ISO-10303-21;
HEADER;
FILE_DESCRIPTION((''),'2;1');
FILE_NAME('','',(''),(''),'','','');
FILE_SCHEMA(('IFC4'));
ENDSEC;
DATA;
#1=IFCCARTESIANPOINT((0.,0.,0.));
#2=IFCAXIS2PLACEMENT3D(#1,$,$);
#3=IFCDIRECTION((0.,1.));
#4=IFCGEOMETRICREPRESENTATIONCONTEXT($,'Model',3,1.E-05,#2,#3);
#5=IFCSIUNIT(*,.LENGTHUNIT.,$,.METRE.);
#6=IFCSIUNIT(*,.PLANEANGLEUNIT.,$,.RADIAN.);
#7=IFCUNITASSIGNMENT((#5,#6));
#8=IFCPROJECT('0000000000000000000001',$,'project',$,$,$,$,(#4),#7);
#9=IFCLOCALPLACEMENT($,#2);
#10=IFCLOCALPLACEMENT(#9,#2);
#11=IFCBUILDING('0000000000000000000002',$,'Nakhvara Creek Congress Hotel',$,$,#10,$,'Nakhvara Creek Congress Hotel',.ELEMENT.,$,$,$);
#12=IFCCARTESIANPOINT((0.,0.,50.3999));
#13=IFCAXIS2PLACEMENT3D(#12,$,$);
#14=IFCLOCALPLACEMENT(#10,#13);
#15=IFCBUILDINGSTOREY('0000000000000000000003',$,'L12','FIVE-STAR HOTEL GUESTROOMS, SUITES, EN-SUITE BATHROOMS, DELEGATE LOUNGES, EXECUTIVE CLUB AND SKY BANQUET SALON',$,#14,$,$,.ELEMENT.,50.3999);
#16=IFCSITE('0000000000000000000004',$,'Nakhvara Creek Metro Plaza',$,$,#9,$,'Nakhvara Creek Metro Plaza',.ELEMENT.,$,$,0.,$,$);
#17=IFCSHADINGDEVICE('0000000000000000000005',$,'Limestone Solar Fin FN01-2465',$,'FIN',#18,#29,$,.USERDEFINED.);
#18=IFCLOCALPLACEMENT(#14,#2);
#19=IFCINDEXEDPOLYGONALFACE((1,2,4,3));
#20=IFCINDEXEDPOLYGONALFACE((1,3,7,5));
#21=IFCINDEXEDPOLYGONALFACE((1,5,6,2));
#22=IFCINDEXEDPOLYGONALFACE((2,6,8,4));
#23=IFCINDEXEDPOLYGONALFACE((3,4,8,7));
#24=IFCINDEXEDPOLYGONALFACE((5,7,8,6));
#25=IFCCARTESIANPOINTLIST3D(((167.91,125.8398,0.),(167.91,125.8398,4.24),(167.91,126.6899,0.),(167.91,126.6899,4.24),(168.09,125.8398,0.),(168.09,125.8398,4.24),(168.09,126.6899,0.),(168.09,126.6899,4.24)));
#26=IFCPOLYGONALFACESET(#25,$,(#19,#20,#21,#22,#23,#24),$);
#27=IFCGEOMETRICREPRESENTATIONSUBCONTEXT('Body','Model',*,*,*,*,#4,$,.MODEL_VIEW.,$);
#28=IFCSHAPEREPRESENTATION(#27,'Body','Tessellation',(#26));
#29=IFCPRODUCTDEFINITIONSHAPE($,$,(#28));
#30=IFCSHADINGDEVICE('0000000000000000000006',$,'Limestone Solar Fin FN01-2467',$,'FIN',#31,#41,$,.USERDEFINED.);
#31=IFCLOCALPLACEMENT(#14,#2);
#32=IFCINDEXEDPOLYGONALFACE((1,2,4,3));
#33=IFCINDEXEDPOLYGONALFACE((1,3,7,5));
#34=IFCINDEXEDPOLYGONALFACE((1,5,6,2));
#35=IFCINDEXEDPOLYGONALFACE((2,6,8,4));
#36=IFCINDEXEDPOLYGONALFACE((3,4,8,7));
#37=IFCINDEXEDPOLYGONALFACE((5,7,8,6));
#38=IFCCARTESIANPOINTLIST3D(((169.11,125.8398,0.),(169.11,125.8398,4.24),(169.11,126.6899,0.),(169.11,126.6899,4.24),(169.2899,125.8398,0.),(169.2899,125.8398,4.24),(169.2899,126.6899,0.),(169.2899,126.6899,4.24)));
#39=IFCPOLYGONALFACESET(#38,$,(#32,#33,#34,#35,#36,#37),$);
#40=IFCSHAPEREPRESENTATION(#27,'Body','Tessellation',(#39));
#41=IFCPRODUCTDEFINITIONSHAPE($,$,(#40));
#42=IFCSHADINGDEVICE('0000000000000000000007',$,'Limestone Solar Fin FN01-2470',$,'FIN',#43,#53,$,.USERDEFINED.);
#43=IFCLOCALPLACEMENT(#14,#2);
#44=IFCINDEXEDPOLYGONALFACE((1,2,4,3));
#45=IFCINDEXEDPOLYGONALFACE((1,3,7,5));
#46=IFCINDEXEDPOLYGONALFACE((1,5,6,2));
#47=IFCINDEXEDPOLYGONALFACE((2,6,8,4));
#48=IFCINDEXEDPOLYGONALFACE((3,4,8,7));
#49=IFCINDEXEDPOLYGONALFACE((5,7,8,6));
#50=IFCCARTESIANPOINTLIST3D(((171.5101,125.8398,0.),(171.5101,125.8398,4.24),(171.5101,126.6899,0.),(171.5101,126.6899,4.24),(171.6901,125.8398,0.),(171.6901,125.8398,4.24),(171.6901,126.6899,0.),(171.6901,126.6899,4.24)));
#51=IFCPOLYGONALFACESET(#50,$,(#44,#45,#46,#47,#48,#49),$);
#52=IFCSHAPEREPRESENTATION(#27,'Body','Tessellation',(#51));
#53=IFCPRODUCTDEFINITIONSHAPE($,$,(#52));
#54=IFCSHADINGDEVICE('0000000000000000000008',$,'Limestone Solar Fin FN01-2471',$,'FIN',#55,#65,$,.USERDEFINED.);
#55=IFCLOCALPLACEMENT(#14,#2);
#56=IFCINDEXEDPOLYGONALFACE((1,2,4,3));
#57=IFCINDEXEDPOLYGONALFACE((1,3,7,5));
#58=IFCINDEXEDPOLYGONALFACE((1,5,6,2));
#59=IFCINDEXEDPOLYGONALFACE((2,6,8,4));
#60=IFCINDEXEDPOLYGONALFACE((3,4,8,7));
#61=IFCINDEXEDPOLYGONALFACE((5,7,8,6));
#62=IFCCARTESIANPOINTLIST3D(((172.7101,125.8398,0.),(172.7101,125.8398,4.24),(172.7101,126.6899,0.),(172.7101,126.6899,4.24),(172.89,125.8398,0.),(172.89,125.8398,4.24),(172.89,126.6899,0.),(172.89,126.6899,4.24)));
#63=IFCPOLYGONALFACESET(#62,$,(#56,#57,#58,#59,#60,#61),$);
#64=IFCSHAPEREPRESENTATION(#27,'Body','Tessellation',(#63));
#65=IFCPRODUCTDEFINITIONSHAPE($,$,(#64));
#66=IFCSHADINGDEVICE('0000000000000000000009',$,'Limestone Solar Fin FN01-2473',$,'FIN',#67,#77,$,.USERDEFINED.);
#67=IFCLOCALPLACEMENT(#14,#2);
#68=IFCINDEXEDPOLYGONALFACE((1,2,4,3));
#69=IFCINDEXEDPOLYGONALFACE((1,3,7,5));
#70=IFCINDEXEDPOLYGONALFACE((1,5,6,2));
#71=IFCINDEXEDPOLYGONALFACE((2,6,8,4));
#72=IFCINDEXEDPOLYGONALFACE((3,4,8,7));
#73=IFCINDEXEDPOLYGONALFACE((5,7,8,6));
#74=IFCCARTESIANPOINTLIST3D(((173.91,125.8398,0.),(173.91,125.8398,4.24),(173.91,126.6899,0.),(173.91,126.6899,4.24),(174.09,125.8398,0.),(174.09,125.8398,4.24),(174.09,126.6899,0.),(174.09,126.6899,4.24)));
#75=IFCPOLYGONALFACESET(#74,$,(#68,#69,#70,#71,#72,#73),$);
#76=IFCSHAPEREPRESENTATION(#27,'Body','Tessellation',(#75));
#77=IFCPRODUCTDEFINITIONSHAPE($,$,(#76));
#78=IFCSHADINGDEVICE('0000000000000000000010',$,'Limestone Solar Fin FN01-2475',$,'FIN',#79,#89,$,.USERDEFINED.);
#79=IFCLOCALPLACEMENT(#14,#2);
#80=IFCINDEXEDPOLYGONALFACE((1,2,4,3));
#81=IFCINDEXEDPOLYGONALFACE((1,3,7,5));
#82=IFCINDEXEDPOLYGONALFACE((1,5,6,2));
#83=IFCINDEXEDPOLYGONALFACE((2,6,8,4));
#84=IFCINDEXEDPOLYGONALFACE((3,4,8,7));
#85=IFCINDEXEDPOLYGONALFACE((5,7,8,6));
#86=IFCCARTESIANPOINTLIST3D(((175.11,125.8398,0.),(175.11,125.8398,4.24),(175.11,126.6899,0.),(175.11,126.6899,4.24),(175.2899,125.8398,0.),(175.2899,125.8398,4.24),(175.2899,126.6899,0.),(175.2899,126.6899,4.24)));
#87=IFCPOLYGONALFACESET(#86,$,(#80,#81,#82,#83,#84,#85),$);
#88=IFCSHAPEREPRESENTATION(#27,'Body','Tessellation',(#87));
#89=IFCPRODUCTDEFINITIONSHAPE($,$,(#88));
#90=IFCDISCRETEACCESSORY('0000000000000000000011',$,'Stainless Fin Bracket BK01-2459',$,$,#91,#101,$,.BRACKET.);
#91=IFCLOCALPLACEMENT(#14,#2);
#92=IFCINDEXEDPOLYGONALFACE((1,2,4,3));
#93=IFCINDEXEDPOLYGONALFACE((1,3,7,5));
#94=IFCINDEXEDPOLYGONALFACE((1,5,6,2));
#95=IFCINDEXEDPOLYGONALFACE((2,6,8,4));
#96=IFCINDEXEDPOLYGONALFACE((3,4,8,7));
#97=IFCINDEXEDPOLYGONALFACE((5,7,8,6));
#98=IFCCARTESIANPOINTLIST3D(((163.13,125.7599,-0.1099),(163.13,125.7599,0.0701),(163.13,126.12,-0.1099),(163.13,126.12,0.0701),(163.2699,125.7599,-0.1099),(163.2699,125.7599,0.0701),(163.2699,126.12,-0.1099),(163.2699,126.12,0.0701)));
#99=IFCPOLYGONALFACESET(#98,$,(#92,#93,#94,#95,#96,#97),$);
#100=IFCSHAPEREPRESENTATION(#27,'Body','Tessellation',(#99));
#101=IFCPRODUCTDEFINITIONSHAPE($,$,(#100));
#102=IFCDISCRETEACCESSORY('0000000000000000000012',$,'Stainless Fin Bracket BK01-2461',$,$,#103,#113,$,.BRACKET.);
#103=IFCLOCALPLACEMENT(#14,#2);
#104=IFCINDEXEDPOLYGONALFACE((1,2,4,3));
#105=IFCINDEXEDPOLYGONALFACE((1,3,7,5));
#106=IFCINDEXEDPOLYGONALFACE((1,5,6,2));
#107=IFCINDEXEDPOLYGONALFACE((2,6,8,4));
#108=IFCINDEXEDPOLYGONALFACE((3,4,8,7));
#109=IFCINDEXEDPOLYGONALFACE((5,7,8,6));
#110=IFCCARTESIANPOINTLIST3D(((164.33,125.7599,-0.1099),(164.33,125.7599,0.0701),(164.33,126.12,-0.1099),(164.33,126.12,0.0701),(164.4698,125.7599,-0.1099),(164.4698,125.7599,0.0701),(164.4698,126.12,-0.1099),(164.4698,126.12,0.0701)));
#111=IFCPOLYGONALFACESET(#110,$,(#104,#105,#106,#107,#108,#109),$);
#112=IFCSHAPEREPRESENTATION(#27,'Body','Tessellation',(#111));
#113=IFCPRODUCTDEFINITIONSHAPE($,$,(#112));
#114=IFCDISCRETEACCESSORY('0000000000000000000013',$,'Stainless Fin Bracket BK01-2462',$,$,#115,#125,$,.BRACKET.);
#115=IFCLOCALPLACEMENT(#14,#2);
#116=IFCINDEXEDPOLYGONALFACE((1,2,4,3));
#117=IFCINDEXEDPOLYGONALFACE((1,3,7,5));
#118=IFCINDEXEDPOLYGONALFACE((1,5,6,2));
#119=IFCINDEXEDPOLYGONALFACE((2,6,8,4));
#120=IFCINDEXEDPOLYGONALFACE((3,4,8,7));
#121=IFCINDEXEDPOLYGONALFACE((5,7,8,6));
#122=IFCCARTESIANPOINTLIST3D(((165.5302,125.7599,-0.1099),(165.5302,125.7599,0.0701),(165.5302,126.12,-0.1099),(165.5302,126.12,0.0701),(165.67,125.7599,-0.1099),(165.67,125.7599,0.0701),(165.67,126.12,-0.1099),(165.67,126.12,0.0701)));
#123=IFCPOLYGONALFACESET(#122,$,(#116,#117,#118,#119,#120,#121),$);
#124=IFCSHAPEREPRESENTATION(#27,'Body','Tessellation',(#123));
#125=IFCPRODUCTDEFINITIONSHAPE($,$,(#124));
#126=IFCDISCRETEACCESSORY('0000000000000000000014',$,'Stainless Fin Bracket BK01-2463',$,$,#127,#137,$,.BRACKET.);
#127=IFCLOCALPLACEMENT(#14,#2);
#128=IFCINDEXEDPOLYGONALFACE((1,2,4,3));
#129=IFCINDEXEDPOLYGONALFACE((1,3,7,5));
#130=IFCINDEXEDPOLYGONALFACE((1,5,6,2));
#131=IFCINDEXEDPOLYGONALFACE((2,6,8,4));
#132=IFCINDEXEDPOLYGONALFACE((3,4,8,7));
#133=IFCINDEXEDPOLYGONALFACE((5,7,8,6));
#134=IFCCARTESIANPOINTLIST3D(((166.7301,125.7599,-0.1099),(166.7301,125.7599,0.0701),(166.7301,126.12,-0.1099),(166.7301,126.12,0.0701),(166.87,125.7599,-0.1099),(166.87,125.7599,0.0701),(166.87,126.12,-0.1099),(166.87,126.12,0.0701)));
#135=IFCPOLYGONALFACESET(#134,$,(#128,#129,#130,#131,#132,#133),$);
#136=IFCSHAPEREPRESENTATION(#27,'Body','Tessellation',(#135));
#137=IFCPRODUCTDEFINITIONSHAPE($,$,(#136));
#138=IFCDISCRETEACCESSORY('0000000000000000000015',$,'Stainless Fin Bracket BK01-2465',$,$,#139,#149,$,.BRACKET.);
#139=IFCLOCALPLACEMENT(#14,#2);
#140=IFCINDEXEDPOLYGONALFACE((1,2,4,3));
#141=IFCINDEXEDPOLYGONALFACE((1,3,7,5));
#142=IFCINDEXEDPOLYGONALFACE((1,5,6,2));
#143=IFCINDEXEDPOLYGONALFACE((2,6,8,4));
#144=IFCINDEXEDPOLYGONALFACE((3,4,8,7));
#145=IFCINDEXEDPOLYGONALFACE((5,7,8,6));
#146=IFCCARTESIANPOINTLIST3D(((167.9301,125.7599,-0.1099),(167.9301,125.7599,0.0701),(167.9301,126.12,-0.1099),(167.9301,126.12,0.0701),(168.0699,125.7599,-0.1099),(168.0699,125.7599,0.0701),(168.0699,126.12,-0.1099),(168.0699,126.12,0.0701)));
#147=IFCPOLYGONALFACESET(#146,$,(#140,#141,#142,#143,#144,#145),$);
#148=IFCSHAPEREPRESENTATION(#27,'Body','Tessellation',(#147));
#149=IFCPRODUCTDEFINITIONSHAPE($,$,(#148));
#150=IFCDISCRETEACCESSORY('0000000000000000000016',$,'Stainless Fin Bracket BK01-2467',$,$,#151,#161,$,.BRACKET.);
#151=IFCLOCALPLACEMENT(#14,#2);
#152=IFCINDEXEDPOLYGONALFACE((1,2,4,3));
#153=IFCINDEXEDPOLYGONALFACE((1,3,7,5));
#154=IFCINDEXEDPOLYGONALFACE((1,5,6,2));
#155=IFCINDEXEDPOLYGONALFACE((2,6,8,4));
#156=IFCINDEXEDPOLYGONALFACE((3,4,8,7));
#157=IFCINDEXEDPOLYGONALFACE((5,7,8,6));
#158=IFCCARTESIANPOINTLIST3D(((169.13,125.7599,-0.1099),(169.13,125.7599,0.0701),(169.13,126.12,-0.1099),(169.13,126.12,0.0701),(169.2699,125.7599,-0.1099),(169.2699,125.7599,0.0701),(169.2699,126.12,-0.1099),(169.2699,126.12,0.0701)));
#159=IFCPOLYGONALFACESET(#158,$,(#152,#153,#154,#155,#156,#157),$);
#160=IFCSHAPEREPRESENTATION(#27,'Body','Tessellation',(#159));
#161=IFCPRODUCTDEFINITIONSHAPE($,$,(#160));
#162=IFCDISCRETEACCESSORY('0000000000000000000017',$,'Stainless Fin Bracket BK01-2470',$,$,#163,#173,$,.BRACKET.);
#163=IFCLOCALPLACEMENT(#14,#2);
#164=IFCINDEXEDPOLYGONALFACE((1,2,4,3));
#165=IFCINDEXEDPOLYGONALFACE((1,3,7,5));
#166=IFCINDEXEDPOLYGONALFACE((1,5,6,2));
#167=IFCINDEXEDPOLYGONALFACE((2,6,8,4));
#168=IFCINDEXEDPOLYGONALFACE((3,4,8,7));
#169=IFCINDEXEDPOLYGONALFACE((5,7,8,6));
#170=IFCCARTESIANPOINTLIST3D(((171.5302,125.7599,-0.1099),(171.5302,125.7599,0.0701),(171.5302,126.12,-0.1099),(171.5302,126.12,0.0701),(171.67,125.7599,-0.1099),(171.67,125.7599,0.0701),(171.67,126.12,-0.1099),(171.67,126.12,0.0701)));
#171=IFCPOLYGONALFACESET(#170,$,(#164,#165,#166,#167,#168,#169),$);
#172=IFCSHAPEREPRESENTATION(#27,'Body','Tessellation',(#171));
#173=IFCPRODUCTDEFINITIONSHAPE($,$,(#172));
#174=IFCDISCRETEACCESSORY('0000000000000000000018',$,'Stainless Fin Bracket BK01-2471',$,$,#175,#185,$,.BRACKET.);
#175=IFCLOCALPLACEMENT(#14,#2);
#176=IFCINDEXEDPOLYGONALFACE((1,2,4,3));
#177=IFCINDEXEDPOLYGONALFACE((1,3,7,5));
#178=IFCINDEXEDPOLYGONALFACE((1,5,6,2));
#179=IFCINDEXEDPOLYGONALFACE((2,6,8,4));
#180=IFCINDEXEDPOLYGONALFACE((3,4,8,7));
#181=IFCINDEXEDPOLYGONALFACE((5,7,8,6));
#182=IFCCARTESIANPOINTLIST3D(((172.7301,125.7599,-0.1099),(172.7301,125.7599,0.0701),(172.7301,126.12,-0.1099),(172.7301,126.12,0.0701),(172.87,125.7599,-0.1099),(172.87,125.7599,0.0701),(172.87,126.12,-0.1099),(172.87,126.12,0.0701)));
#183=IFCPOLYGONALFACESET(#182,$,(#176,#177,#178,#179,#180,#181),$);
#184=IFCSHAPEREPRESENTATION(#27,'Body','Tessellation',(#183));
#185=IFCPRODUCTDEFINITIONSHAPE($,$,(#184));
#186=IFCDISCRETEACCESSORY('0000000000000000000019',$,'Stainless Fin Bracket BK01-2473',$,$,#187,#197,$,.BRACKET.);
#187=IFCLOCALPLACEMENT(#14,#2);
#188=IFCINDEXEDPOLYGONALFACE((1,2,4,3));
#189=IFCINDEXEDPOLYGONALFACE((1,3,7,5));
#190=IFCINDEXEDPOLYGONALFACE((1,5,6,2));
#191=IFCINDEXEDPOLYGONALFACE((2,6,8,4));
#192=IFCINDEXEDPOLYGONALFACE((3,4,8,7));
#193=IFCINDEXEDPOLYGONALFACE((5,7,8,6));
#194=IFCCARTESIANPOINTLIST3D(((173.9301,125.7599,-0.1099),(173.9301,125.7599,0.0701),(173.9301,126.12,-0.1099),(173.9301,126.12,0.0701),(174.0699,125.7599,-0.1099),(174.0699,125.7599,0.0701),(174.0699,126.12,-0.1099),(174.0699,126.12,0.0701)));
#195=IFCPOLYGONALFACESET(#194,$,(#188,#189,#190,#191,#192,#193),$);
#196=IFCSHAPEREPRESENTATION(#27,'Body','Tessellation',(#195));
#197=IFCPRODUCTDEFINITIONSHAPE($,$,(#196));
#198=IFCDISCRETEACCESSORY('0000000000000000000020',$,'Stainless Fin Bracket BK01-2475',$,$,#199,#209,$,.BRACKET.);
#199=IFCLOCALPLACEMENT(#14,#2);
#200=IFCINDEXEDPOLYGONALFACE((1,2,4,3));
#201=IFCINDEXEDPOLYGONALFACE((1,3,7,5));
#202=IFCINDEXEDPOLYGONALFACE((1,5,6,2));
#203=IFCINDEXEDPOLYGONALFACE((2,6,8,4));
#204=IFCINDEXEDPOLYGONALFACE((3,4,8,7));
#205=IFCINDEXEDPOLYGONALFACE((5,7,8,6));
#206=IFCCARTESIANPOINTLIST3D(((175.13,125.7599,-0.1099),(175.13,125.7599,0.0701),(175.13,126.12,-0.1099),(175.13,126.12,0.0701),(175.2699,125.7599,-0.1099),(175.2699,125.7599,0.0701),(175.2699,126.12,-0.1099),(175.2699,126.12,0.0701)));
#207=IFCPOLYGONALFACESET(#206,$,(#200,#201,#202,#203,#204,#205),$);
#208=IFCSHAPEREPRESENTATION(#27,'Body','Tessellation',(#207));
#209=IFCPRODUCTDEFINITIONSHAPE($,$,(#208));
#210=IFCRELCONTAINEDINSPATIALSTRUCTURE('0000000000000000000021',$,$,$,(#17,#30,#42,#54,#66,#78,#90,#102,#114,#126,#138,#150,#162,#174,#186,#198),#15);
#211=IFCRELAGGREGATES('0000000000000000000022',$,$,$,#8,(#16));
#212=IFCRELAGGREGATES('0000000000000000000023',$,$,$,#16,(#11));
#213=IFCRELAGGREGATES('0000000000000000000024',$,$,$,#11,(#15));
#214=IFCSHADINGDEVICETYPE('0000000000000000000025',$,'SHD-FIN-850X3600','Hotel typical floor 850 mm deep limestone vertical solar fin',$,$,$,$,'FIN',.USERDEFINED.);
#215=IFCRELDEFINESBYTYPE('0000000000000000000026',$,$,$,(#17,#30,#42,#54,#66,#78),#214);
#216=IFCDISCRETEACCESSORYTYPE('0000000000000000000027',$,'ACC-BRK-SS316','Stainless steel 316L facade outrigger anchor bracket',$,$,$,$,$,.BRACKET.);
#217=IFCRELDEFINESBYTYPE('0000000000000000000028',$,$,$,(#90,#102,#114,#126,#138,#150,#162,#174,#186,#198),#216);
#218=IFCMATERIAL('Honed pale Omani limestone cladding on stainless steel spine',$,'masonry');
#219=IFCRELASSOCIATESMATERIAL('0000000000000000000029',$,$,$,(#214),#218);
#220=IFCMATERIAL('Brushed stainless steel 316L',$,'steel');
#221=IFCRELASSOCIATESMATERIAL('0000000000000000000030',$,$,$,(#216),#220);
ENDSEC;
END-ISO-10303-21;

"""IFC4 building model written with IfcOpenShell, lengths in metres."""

from ifc_helpers import new_model, si_unit, direction, frame, origin, origin_2d, place, context, subcontext, project, spatial, rectangle, extrude, material, type_object, element, save


model = new_model("IFC4")

# Units and contexts
model_context = context("Model", 3, precision=1e-05, world=origin(), true_north=direction((0.0, 1.0)))
body_context = subcontext(model_context, "Body", "Model", "MODEL_VIEW")
ifc_project = project(units=[si_unit("LENGTHUNIT", "METRE"), si_unit("PLANEANGLEUNIT", "RADIAN")], contexts=[model_context])

# Site, building, storey
site_placement = place(None, origin())
site = spatial("IfcSite", under=ifc_project, at=site_placement, Name="Nakhvara Creek Metro Plaza", LongName="Nakhvara Creek Metro Plaza", CompositionType="ELEMENT", RefElevation=0.0)
building_placement = place(site_placement, origin())
building = spatial("IfcBuilding", under=site, at=building_placement, Name="Nakhvara Creek Congress Hotel", LongName="Nakhvara Creek Congress Hotel", CompositionType="ELEMENT")
storey_placement = place(building_placement, frame((0.0, 0.0, 50.3999)))
storey = spatial("IfcBuildingStorey", under=building, at=storey_placement, Name="L12", Description="FIVE-STAR HOTEL GUESTROOMS, SUITES, EN-SUITE BATHROOMS, DELEGATE LOUNGES, EXECUTIVE CLUB AND SKY BANQUET SALON", CompositionType="ELEMENT", Elevation=50.3999)

# Shading devices
ifc_material_1 = material(Name="Honed pale Omani limestone cladding on stainless steel spine", Category="masonry")
shading_device_type = type_object("IfcShadingDeviceType", Name="SHD-FIN-850X3600", Description="Hotel typical floor 850 mm deep limestone vertical solar fin", ElementType="FIN", PredefinedType="USERDEFINED", material=ifc_material_1)
for number, where, z_axis, x_axis, name in (
    (1, (168.0, 126.2649, 0.0), (0.0, 0.0, 1.0), (1.0, 0.0, 0.0), "Limestone Solar Fin FN01-2465"),
    (2, (169.2, 126.2649, 0.0), (0.0, 0.0, 1.0), (1.0, 0.0, 0.0), "Limestone Solar Fin FN01-2467"),
    (3, (171.6001, 126.2649, 0.0), (0.0, 0.0, 1.0), (1.0, 0.0, 0.0), "Limestone Solar Fin FN01-2470"),
    (4, (172.8, 126.2649, 0.0), (0.0, 0.0, 1.0), (1.0, 0.0, 0.0), "Limestone Solar Fin FN01-2471"),
    (5, (174.0, 126.2649, 0.0), (0.0, 0.0, 1.0), (1.0, 0.0, 0.0), "Limestone Solar Fin FN01-2473"),
    (6, (175.2, 126.2649, 0.0), (0.0, 0.0, 1.0), (1.0, 0.0, 0.0), "Limestone Solar Fin FN01-2475"),
):
    element("IfcShadingDevice", number, at=place(storey_placement, frame(where, z_axis=z_axis, x_axis=x_axis)), inside=storey, type_object=shading_device_type, Name=name, ObjectType="FIN", PredefinedType="USERDEFINED", context=body_context, shape_type="SweptSolid", body=[
        extrude(rectangle(XDim=0.1799, YDim=0.8501, at=origin_2d()), origin(), (0.0, 0.0, 1.0), 4.24),
    ])

# Discrete accessories
ifc_material_2 = material(Name="Brushed stainless steel 316L", Category="steel")
discrete_accessory_type = type_object("IfcDiscreteAccessoryType", Name="ACC-BRK-SS316", Description="Stainless steel 316L facade outrigger anchor bracket", PredefinedType="BRACKET", material=ifc_material_2)
for number, where, z_axis, x_axis, name in (
    (7, (163.2, 125.9399, -0.1099), (0.0, 0.0, 1.0), (1.0, 0.0, 0.0), "Stainless Fin Bracket BK01-2459"),
    (8, (164.3999, 125.9399, -0.1099), (0.0, 0.0, 1.0), (1.0, 0.0, 0.0), "Stainless Fin Bracket BK01-2461"),
    (9, (165.6001, 125.9399, -0.1099), (0.0, 0.0, 1.0), (1.0, 0.0, 0.0), "Stainless Fin Bracket BK01-2462"),
    (10, (166.8, 125.9399, -0.1099), (0.0, 0.0, 1.0), (1.0, 0.0, 0.0), "Stainless Fin Bracket BK01-2463"),
    (11, (168.0, 125.9399, -0.1099), (0.0, 0.0, 1.0), (1.0, 0.0, 0.0), "Stainless Fin Bracket BK01-2465"),
    (12, (169.2, 125.9399, -0.1099), (0.0, 0.0, 1.0), (1.0, 0.0, 0.0), "Stainless Fin Bracket BK01-2467"),
    (13, (171.6001, 125.9399, -0.1099), (0.0, 0.0, 1.0), (1.0, 0.0, 0.0), "Stainless Fin Bracket BK01-2470"),
    (14, (172.8, 125.9399, -0.1099), (0.0, 0.0, 1.0), (1.0, 0.0, 0.0), "Stainless Fin Bracket BK01-2471"),
    (15, (174.0, 125.9399, -0.1099), (0.0, 0.0, 1.0), (1.0, 0.0, 0.0), "Stainless Fin Bracket BK01-2473"),
    (16, (175.2, 125.9399, -0.1099), (0.0, 0.0, 1.0), (1.0, 0.0, 0.0), "Stainless Fin Bracket BK01-2475"),
):
    element("IfcDiscreteAccessory", number, at=place(storey_placement, frame(where, z_axis=z_axis, x_axis=x_axis)), inside=storey, type_object=discrete_accessory_type, Name=name, PredefinedType="BRACKET", context=body_context, shape_type="SweptSolid", body=[
        extrude(rectangle(XDim=0.1399, YDim=0.3601, at=origin_2d()), origin(), (0.0, 0.0, 1.0), 0.1799),
    ])

save(model, "model.ifc")
